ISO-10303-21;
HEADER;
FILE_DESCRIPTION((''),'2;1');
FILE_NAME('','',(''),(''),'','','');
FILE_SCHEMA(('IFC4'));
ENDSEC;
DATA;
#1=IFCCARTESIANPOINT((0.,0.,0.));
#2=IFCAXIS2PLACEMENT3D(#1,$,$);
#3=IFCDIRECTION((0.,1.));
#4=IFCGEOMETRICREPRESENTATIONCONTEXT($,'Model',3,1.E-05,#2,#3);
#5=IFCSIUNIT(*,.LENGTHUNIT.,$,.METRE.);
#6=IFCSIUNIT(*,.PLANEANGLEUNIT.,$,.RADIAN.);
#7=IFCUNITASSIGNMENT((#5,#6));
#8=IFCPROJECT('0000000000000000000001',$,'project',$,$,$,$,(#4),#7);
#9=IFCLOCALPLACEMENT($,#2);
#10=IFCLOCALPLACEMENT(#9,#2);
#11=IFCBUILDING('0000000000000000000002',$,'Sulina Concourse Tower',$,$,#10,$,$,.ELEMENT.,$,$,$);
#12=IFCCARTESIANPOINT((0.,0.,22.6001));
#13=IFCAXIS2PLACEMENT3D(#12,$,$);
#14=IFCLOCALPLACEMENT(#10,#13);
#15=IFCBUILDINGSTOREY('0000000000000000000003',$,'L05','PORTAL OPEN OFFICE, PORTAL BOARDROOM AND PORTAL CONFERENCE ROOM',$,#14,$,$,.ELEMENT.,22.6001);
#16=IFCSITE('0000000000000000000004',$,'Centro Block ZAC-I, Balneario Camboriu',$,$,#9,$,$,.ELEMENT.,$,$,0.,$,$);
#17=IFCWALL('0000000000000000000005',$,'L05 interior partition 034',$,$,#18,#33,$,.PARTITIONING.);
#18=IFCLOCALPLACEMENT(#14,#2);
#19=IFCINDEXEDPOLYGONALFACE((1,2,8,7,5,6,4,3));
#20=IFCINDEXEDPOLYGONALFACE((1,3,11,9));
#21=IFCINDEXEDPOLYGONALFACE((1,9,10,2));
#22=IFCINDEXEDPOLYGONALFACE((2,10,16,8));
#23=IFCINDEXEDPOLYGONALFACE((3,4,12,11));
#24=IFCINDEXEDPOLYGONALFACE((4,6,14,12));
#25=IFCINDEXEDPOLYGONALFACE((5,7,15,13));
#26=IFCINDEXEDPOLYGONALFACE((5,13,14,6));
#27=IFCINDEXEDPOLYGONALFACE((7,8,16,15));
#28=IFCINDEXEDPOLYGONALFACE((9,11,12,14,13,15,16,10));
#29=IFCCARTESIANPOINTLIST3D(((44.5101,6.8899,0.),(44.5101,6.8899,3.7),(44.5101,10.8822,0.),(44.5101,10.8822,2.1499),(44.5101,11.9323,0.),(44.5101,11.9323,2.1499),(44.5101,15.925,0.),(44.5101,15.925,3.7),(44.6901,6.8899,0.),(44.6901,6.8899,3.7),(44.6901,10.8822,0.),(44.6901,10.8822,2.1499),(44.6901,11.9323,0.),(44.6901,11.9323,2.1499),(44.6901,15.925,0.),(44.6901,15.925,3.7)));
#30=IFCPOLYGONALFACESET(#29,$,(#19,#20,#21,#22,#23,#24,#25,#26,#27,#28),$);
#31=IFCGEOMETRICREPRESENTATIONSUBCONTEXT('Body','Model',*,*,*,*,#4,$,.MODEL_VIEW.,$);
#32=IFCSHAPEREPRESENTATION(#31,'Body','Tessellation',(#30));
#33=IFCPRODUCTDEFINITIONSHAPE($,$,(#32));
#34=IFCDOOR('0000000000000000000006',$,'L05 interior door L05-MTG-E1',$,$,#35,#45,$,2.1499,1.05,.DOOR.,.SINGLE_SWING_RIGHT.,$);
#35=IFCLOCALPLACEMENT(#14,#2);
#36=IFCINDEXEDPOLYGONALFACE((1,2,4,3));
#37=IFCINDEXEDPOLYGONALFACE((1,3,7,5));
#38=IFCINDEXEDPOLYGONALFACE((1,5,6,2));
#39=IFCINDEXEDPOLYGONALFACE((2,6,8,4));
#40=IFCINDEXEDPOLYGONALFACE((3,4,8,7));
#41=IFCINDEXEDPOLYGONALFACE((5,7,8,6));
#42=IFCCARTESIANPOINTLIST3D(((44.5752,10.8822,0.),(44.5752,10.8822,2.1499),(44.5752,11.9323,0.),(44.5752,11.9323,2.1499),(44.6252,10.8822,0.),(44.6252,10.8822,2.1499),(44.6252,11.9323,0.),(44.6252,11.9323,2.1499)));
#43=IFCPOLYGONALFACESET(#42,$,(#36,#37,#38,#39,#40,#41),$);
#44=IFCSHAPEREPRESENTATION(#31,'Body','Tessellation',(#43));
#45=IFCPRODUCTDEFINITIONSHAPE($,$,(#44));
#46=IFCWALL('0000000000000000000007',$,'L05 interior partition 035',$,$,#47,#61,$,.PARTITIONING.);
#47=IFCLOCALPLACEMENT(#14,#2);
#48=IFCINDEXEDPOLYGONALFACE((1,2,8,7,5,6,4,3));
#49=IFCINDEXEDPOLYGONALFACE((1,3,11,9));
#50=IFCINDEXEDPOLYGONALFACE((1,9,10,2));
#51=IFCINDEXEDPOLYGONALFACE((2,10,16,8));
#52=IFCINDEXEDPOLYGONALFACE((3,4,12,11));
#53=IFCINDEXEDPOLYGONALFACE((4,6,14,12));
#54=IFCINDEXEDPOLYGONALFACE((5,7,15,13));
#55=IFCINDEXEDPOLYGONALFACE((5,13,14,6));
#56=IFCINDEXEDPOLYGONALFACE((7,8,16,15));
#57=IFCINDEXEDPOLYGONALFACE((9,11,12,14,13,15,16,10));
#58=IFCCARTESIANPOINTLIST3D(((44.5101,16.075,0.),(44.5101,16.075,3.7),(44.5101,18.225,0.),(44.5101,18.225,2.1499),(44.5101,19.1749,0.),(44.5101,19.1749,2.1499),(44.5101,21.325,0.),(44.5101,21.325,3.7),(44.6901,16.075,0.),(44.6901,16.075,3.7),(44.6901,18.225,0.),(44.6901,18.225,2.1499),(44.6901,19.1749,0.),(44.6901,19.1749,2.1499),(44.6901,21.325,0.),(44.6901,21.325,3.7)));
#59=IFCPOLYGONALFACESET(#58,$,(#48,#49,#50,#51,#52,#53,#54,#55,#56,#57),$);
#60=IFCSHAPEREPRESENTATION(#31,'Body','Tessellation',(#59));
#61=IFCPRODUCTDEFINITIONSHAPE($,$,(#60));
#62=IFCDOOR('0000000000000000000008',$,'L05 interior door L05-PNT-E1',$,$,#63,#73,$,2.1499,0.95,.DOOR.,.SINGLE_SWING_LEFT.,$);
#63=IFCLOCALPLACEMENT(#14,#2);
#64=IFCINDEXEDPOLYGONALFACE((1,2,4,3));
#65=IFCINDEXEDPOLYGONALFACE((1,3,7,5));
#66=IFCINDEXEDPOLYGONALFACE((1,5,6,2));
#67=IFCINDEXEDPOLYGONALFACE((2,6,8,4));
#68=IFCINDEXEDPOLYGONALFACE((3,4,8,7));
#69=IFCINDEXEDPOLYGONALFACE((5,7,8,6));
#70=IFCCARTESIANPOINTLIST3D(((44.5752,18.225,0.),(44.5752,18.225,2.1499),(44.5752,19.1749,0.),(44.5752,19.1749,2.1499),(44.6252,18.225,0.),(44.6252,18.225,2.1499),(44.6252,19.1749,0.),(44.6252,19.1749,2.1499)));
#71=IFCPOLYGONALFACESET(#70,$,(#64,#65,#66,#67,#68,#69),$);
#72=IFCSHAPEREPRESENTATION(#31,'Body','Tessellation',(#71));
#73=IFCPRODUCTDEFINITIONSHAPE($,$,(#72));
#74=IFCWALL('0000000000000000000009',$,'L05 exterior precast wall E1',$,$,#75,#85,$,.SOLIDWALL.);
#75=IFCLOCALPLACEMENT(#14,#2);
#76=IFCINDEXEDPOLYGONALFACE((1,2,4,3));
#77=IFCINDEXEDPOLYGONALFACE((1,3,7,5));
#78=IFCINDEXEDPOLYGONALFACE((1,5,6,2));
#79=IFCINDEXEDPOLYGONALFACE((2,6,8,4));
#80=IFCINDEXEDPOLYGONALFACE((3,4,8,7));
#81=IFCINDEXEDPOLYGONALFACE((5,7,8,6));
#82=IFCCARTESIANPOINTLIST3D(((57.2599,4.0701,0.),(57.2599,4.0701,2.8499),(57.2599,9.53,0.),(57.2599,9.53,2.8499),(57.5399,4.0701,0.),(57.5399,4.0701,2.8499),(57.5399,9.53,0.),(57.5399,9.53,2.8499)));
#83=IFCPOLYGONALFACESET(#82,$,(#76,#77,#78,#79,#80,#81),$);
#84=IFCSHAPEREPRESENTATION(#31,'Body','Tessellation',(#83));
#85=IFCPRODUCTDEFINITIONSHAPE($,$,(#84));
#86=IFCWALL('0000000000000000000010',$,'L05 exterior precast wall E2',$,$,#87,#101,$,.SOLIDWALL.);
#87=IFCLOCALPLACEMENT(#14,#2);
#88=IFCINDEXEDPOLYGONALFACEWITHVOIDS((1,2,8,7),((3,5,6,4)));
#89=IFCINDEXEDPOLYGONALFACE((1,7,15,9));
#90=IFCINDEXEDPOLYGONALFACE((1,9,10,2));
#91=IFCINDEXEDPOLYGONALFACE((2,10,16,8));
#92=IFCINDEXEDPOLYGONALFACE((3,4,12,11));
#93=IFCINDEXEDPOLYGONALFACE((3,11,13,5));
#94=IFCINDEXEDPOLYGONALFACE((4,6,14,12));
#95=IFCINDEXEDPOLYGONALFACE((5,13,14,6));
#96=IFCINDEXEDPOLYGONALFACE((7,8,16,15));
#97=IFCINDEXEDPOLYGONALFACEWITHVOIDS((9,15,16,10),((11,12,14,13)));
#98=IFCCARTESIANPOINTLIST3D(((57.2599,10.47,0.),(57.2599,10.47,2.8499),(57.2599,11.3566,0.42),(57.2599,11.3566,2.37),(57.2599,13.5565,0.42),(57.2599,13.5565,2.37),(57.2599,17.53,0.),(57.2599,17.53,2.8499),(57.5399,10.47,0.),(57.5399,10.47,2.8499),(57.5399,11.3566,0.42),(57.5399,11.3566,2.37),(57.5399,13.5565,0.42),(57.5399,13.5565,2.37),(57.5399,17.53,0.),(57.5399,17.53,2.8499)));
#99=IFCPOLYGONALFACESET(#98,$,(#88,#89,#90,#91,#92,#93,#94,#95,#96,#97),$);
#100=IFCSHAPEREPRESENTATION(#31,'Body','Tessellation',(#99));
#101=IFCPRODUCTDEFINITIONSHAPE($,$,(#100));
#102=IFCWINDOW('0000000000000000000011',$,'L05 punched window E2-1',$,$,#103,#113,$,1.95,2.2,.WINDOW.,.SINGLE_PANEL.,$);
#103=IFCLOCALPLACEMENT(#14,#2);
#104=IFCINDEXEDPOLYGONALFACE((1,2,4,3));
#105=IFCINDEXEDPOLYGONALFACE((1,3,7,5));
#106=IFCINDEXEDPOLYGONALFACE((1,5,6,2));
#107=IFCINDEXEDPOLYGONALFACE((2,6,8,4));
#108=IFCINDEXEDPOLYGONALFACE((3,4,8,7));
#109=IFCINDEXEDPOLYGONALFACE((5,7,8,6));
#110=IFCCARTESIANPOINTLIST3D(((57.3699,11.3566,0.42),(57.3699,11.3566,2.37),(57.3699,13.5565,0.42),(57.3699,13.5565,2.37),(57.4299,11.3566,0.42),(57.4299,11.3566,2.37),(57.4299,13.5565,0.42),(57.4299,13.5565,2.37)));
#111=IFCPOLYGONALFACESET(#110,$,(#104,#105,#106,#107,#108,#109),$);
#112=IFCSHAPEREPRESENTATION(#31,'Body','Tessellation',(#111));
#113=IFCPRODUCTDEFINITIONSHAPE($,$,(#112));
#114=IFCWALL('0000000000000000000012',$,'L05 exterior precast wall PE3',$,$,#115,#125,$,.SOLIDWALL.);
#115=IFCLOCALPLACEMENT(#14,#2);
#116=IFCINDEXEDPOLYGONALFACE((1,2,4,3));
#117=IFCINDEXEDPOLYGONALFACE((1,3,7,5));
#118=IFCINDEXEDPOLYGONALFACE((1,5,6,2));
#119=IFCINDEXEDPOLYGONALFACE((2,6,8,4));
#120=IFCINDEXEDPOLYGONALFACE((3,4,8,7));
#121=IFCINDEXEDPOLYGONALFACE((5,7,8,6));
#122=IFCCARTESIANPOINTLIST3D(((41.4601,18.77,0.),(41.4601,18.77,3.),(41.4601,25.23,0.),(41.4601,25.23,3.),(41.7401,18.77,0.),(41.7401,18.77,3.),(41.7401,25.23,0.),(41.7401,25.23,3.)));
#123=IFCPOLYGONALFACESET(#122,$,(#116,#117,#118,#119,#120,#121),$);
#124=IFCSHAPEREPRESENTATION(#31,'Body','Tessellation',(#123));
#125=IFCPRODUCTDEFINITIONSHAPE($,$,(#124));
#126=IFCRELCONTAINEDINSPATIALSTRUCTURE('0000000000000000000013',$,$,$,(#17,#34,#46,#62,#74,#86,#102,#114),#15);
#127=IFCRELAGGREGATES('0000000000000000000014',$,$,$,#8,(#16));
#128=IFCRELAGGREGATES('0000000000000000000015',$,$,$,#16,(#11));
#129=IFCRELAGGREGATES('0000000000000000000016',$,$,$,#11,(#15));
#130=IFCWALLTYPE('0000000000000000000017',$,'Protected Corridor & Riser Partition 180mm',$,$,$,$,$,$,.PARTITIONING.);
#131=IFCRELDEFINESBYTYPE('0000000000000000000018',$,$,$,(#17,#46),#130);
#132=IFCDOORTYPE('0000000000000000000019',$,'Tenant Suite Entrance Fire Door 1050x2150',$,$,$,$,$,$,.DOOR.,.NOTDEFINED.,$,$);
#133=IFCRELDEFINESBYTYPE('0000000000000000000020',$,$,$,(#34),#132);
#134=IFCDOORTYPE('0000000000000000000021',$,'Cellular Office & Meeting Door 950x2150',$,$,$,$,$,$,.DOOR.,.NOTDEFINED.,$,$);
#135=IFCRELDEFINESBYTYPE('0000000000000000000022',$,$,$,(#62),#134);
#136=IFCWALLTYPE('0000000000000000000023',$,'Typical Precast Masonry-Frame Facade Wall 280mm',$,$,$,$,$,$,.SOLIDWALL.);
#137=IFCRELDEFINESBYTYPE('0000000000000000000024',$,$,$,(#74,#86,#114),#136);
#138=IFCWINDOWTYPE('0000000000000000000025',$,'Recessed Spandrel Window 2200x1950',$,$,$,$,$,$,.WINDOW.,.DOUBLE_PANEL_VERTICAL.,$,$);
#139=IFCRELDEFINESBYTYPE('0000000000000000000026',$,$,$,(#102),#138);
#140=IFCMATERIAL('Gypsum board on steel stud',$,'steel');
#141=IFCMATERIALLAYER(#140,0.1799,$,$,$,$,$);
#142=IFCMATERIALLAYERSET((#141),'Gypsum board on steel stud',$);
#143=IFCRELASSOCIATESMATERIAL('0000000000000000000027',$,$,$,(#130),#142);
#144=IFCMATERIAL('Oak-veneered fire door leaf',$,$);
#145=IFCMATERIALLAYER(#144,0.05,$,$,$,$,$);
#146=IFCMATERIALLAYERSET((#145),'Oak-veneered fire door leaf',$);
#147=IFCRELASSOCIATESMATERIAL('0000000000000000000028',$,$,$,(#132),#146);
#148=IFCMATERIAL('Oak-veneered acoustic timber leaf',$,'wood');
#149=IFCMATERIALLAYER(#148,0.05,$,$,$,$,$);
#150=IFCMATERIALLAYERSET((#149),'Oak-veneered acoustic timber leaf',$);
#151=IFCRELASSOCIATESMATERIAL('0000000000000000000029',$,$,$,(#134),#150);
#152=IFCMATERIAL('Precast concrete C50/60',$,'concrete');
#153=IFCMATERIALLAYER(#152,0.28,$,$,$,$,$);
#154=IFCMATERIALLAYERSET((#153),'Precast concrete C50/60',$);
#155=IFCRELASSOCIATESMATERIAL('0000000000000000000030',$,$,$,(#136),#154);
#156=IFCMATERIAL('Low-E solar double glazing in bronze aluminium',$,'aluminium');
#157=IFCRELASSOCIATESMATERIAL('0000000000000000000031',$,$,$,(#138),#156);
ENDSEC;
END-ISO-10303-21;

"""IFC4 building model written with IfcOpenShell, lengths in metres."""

from ifc_helpers import new_model, si_unit, direction, frame, frame_2d, origin, place, context, subcontext, project, spatial, rectangle, extrude, material, layer, layer_set, type_object, element, fill, save


model = new_model("IFC4")

# Units and contexts
model_context = context("Model", 3, precision=1e-05, world=origin(), true_north=direction((0.0, 1.0)))
body_context = subcontext(model_context, "Body", "Model", "MODEL_VIEW")
ifc_project = project(units=[si_unit("LENGTHUNIT", "METRE"), si_unit("PLANEANGLEUNIT", "RADIAN")], contexts=[model_context])

# Site, building, storey
site_placement = place(None, origin())
site = spatial("IfcSite", under=ifc_project, at=site_placement, Name="Centro Block ZAC-I, Balneario Camboriu", CompositionType="ELEMENT", RefElevation=0.0)
building_placement = place(site_placement, origin())
building = spatial("IfcBuilding", under=site, at=building_placement, Name="Sulina Concourse Tower", CompositionType="ELEMENT")
storey_placement = place(building_placement, frame((0.0, 0.0, 22.6001)))
storey = spatial("IfcBuildingStorey", under=building, at=storey_placement, Name="L05", Description="PORTAL OPEN OFFICE, PORTAL BOARDROOM AND PORTAL CONFERENCE ROOM", CompositionType="ELEMENT", Elevation=22.6001)

# Shared definitions
ifc_material_1 = material(Name="Gypsum board on steel stud", Category="steel")
ifc_layer_1 = layer(ifc_material_1, 0.1799)
ifc_layer_set_1 = layer_set([ifc_layer_1], Name="Gypsum board on steel stud")
wall_type_1 = type_object("IfcWallType", Name="Protected Corridor & Riser Partition 180mm", PredefinedType="PARTITIONING", material=ifc_layer_set_1)

# Walls, openings, doors
wall_1_placement = place(storey_placement, frame((44.6001, 6.8899, 0.0), z_axis=(0.0, 0.0, 1.0), x_axis=(0.0, 1.0, 0.0)))
wall_1 = element("IfcWall", 1, at=wall_1_placement, inside=storey, type_object=wall_type_1, Name="L05 interior partition 034", PredefinedType="PARTITIONING", context=body_context, shape_type="SweptSolid", body=[
    extrude(rectangle(XDim=9.0352, YDim=0.1799, at=frame_2d((4.5176, 0.0))), origin(), (0.0, 0.0, 1.0), 3.7),
])
opening_1_placement = place(wall_1_placement, frame((3.9924, 0.0, 0.0)))
opening_1 = element("IfcOpeningElement", 2, at=opening_1_placement, cuts=wall_1, PredefinedType="OPENING", context=body_context, shape_type="SweptSolid", body=[
    extrude(rectangle(XDim=1.05, YDim=2.1499, at=frame_2d((0.5249, 1.075))), frame((0.0, 0.0999, 0.0), z_axis=(0.0, -1.0, 0.0), x_axis=(1.0, 0.0, 0.0)), (0.0, 0.0, 1.0), 0.2),
])
ifc_material_2 = material(Name="Oak-veneered fire door leaf")
ifc_layer_2 = layer(ifc_material_2, 0.05)
ifc_layer_set_2 = layer_set([ifc_layer_2], Name="Oak-veneered fire door leaf")
door_type_1 = type_object("IfcDoorType", Name="Tenant Suite Entrance Fire Door 1050x2150", OperationType="NOTDEFINED", PredefinedType="DOOR", material=ifc_layer_set_2)
door_1_placement = place(opening_1_placement, origin())
door_1 = element("IfcDoor", 3, at=door_1_placement, inside=storey, type_object=door_type_1, Name="L05 interior door L05-MTG-E1", OperationType="SINGLE_SWING_RIGHT", OverallHeight=2.1499, OverallWidth=1.05, PredefinedType="DOOR", context=body_context, shape_type="SweptSolid", body=[
    extrude(rectangle(XDim=1.05, YDim=2.1499, at=frame_2d((0.5249, 1.075))), frame((0.0, 0.0249, 0.0), z_axis=(0.0, -1.0, 0.0), x_axis=(1.0, 0.0, 0.0)), (0.0, 0.0, 1.0), 0.05),
])
fill(opening_1, door_1)
wall_2_placement = place(storey_placement, frame((44.6001, 16.075, 0.0), z_axis=(0.0, 0.0, 1.0), x_axis=(0.0, 1.0, 0.0)))
wall_2 = element("IfcWall", 4, at=wall_2_placement, inside=storey, type_object=wall_type_1, Name="L05 interior partition 035", PredefinedType="PARTITIONING", context=body_context, shape_type="SweptSolid", body=[
    extrude(rectangle(XDim=5.25, YDim=0.1799, at=frame_2d((2.625, 0.0))), origin(), (0.0, 0.0, 1.0), 3.7),
])
opening_2_placement = place(wall_2_placement, frame((2.1499, 0.0, 0.0)))
opening_2 = element("IfcOpeningElement", 5, at=opening_2_placement, cuts=wall_2, PredefinedType="OPENING", context=body_context, shape_type="SweptSolid", body=[
    extrude(rectangle(XDim=0.95, YDim=2.1499, at=frame_2d((0.4751, 1.075))), frame((0.0, 0.0999, 0.0), z_axis=(0.0, -1.0, 0.0), x_axis=(1.0, 0.0, 0.0)), (0.0, 0.0, 1.0), 0.2),
])
ifc_material_3 = material(Name="Oak-veneered acoustic timber leaf", Category="wood")
ifc_layer_3 = layer(ifc_material_3, 0.05)
ifc_layer_set_3 = layer_set([ifc_layer_3], Name="Oak-veneered acoustic timber leaf")
door_type_2 = type_object("IfcDoorType", Name="Cellular Office & Meeting Door 950x2150", OperationType="NOTDEFINED", PredefinedType="DOOR", material=ifc_layer_set_3)
door_2_placement = place(opening_2_placement, origin())
door_2 = element("IfcDoor", 6, at=door_2_placement, inside=storey, type_object=door_type_2, Name="L05 interior door L05-PNT-E1", OperationType="SINGLE_SWING_LEFT", OverallHeight=2.1499, OverallWidth=0.95, PredefinedType="DOOR", context=body_context, shape_type="SweptSolid", body=[
    extrude(rectangle(XDim=0.95, YDim=2.1499, at=frame_2d((0.4751, 1.075))), frame((0.0, 0.0249, 0.0), z_axis=(0.0, -1.0, 0.0), x_axis=(1.0, 0.0, 0.0)), (0.0, 0.0, 1.0), 0.05),
])
fill(opening_2, door_2)

# Wall
ifc_material_4 = material(Name="Precast concrete C50/60", Category="concrete")
ifc_layer_4 = layer(ifc_material_4, 0.28)
ifc_layer_set_4 = layer_set([ifc_layer_4], Name="Precast concrete C50/60")
wall_type_2 = type_object("IfcWallType", Name="Typical Precast Masonry-Frame Facade Wall 280mm", PredefinedType="SOLIDWALL", material=ifc_layer_set_4)
wall_3_placement = place(storey_placement, frame((57.3999, 9.53, 0.0), z_axis=(0.0, 0.0, 1.0), x_axis=(0.0, -1.0, 0.0)))
element("IfcWall", 7, at=wall_3_placement, inside=storey, type_object=wall_type_2, Name="L05 exterior precast wall E1", PredefinedType="SOLIDWALL", context=body_context, shape_type="SweptSolid", body=[
    extrude(rectangle(XDim=5.46, YDim=0.28, at=frame_2d((2.73, 0.0))), origin(), (0.0, 0.0, 1.0), 2.8499),
])

# Wall, opening, window
wall_4_placement = place(storey_placement, frame((57.3999, 17.53, 0.0), z_axis=(0.0, 0.0, 1.0), x_axis=(0.0, -1.0, 0.0)))
wall_4 = element("IfcWall", 8, at=wall_4_placement, inside=storey, type_object=wall_type_2, Name="L05 exterior precast wall E2", PredefinedType="SOLIDWALL", context=body_context, shape_type="SweptSolid", body=[
    extrude(rectangle(XDim=7.0601, YDim=0.28, at=frame_2d((3.53, 0.0))), origin(), (0.0, 0.0, 1.0), 2.8499),
])
opening_3_placement = place(wall_4_placement, frame((3.9734, 0.0, 0.4199)))
opening_3 = element("IfcOpeningElement", 9, at=opening_3_placement, cuts=wall_4, PredefinedType="OPENING", context=body_context, shape_type="SweptSolid", body=[
    extrude(rectangle(XDim=2.2, YDim=1.95, at=frame_2d((1.1001, 0.9751))), frame((0.0, 0.1499, 0.0), z_axis=(0.0, -1.0, 0.0), x_axis=(1.0, 0.0, 0.0)), (0.0, 0.0, 1.0), 0.3),
])
ifc_material_5 = material(Name="Low-E solar double glazing in bronze aluminium", Category="aluminium")
window_type = type_object("IfcWindowType", Name="Recessed Spandrel Window 2200x1950", PartitioningType="DOUBLE_PANEL_VERTICAL", PredefinedType="WINDOW", material=ifc_material_5)
window_placement = place(opening_3_placement, origin())
window = element("IfcWindow", 10, at=window_placement, inside=storey, type_object=window_type, Name="L05 punched window E2-1", OverallHeight=1.95, OverallWidth=2.2, PartitioningType="SINGLE_PANEL", PredefinedType="WINDOW", context=body_context, shape_type="SweptSolid", body=[
    extrude(rectangle(XDim=2.2, YDim=1.95, at=frame_2d((1.1001, 0.9751))), frame((0.0, 0.03, 0.0), z_axis=(0.0, -1.0, 0.0), x_axis=(1.0, 0.0, 0.0)), (0.0, 0.0, 1.0), 0.0601),
])
fill(opening_3, window)

# Wall
wall_5_placement = place(storey_placement, frame((41.6001, 18.77, 0.0), z_axis=(0.0, 0.0, 1.0), x_axis=(0.0, 1.0, 0.0)))
element("IfcWall", 11, at=wall_5_placement, inside=storey, type_object=wall_type_2, Name="L05 exterior precast wall PE3", PredefinedType="SOLIDWALL", context=body_context, shape_type="SweptSolid", body=[
    extrude(rectangle(XDim=6.46, YDim=0.28, at=frame_2d((3.23, 0.0))), origin(), (0.0, 0.0, 1.0), 3.0),
])

save(model, "model.ifc")
